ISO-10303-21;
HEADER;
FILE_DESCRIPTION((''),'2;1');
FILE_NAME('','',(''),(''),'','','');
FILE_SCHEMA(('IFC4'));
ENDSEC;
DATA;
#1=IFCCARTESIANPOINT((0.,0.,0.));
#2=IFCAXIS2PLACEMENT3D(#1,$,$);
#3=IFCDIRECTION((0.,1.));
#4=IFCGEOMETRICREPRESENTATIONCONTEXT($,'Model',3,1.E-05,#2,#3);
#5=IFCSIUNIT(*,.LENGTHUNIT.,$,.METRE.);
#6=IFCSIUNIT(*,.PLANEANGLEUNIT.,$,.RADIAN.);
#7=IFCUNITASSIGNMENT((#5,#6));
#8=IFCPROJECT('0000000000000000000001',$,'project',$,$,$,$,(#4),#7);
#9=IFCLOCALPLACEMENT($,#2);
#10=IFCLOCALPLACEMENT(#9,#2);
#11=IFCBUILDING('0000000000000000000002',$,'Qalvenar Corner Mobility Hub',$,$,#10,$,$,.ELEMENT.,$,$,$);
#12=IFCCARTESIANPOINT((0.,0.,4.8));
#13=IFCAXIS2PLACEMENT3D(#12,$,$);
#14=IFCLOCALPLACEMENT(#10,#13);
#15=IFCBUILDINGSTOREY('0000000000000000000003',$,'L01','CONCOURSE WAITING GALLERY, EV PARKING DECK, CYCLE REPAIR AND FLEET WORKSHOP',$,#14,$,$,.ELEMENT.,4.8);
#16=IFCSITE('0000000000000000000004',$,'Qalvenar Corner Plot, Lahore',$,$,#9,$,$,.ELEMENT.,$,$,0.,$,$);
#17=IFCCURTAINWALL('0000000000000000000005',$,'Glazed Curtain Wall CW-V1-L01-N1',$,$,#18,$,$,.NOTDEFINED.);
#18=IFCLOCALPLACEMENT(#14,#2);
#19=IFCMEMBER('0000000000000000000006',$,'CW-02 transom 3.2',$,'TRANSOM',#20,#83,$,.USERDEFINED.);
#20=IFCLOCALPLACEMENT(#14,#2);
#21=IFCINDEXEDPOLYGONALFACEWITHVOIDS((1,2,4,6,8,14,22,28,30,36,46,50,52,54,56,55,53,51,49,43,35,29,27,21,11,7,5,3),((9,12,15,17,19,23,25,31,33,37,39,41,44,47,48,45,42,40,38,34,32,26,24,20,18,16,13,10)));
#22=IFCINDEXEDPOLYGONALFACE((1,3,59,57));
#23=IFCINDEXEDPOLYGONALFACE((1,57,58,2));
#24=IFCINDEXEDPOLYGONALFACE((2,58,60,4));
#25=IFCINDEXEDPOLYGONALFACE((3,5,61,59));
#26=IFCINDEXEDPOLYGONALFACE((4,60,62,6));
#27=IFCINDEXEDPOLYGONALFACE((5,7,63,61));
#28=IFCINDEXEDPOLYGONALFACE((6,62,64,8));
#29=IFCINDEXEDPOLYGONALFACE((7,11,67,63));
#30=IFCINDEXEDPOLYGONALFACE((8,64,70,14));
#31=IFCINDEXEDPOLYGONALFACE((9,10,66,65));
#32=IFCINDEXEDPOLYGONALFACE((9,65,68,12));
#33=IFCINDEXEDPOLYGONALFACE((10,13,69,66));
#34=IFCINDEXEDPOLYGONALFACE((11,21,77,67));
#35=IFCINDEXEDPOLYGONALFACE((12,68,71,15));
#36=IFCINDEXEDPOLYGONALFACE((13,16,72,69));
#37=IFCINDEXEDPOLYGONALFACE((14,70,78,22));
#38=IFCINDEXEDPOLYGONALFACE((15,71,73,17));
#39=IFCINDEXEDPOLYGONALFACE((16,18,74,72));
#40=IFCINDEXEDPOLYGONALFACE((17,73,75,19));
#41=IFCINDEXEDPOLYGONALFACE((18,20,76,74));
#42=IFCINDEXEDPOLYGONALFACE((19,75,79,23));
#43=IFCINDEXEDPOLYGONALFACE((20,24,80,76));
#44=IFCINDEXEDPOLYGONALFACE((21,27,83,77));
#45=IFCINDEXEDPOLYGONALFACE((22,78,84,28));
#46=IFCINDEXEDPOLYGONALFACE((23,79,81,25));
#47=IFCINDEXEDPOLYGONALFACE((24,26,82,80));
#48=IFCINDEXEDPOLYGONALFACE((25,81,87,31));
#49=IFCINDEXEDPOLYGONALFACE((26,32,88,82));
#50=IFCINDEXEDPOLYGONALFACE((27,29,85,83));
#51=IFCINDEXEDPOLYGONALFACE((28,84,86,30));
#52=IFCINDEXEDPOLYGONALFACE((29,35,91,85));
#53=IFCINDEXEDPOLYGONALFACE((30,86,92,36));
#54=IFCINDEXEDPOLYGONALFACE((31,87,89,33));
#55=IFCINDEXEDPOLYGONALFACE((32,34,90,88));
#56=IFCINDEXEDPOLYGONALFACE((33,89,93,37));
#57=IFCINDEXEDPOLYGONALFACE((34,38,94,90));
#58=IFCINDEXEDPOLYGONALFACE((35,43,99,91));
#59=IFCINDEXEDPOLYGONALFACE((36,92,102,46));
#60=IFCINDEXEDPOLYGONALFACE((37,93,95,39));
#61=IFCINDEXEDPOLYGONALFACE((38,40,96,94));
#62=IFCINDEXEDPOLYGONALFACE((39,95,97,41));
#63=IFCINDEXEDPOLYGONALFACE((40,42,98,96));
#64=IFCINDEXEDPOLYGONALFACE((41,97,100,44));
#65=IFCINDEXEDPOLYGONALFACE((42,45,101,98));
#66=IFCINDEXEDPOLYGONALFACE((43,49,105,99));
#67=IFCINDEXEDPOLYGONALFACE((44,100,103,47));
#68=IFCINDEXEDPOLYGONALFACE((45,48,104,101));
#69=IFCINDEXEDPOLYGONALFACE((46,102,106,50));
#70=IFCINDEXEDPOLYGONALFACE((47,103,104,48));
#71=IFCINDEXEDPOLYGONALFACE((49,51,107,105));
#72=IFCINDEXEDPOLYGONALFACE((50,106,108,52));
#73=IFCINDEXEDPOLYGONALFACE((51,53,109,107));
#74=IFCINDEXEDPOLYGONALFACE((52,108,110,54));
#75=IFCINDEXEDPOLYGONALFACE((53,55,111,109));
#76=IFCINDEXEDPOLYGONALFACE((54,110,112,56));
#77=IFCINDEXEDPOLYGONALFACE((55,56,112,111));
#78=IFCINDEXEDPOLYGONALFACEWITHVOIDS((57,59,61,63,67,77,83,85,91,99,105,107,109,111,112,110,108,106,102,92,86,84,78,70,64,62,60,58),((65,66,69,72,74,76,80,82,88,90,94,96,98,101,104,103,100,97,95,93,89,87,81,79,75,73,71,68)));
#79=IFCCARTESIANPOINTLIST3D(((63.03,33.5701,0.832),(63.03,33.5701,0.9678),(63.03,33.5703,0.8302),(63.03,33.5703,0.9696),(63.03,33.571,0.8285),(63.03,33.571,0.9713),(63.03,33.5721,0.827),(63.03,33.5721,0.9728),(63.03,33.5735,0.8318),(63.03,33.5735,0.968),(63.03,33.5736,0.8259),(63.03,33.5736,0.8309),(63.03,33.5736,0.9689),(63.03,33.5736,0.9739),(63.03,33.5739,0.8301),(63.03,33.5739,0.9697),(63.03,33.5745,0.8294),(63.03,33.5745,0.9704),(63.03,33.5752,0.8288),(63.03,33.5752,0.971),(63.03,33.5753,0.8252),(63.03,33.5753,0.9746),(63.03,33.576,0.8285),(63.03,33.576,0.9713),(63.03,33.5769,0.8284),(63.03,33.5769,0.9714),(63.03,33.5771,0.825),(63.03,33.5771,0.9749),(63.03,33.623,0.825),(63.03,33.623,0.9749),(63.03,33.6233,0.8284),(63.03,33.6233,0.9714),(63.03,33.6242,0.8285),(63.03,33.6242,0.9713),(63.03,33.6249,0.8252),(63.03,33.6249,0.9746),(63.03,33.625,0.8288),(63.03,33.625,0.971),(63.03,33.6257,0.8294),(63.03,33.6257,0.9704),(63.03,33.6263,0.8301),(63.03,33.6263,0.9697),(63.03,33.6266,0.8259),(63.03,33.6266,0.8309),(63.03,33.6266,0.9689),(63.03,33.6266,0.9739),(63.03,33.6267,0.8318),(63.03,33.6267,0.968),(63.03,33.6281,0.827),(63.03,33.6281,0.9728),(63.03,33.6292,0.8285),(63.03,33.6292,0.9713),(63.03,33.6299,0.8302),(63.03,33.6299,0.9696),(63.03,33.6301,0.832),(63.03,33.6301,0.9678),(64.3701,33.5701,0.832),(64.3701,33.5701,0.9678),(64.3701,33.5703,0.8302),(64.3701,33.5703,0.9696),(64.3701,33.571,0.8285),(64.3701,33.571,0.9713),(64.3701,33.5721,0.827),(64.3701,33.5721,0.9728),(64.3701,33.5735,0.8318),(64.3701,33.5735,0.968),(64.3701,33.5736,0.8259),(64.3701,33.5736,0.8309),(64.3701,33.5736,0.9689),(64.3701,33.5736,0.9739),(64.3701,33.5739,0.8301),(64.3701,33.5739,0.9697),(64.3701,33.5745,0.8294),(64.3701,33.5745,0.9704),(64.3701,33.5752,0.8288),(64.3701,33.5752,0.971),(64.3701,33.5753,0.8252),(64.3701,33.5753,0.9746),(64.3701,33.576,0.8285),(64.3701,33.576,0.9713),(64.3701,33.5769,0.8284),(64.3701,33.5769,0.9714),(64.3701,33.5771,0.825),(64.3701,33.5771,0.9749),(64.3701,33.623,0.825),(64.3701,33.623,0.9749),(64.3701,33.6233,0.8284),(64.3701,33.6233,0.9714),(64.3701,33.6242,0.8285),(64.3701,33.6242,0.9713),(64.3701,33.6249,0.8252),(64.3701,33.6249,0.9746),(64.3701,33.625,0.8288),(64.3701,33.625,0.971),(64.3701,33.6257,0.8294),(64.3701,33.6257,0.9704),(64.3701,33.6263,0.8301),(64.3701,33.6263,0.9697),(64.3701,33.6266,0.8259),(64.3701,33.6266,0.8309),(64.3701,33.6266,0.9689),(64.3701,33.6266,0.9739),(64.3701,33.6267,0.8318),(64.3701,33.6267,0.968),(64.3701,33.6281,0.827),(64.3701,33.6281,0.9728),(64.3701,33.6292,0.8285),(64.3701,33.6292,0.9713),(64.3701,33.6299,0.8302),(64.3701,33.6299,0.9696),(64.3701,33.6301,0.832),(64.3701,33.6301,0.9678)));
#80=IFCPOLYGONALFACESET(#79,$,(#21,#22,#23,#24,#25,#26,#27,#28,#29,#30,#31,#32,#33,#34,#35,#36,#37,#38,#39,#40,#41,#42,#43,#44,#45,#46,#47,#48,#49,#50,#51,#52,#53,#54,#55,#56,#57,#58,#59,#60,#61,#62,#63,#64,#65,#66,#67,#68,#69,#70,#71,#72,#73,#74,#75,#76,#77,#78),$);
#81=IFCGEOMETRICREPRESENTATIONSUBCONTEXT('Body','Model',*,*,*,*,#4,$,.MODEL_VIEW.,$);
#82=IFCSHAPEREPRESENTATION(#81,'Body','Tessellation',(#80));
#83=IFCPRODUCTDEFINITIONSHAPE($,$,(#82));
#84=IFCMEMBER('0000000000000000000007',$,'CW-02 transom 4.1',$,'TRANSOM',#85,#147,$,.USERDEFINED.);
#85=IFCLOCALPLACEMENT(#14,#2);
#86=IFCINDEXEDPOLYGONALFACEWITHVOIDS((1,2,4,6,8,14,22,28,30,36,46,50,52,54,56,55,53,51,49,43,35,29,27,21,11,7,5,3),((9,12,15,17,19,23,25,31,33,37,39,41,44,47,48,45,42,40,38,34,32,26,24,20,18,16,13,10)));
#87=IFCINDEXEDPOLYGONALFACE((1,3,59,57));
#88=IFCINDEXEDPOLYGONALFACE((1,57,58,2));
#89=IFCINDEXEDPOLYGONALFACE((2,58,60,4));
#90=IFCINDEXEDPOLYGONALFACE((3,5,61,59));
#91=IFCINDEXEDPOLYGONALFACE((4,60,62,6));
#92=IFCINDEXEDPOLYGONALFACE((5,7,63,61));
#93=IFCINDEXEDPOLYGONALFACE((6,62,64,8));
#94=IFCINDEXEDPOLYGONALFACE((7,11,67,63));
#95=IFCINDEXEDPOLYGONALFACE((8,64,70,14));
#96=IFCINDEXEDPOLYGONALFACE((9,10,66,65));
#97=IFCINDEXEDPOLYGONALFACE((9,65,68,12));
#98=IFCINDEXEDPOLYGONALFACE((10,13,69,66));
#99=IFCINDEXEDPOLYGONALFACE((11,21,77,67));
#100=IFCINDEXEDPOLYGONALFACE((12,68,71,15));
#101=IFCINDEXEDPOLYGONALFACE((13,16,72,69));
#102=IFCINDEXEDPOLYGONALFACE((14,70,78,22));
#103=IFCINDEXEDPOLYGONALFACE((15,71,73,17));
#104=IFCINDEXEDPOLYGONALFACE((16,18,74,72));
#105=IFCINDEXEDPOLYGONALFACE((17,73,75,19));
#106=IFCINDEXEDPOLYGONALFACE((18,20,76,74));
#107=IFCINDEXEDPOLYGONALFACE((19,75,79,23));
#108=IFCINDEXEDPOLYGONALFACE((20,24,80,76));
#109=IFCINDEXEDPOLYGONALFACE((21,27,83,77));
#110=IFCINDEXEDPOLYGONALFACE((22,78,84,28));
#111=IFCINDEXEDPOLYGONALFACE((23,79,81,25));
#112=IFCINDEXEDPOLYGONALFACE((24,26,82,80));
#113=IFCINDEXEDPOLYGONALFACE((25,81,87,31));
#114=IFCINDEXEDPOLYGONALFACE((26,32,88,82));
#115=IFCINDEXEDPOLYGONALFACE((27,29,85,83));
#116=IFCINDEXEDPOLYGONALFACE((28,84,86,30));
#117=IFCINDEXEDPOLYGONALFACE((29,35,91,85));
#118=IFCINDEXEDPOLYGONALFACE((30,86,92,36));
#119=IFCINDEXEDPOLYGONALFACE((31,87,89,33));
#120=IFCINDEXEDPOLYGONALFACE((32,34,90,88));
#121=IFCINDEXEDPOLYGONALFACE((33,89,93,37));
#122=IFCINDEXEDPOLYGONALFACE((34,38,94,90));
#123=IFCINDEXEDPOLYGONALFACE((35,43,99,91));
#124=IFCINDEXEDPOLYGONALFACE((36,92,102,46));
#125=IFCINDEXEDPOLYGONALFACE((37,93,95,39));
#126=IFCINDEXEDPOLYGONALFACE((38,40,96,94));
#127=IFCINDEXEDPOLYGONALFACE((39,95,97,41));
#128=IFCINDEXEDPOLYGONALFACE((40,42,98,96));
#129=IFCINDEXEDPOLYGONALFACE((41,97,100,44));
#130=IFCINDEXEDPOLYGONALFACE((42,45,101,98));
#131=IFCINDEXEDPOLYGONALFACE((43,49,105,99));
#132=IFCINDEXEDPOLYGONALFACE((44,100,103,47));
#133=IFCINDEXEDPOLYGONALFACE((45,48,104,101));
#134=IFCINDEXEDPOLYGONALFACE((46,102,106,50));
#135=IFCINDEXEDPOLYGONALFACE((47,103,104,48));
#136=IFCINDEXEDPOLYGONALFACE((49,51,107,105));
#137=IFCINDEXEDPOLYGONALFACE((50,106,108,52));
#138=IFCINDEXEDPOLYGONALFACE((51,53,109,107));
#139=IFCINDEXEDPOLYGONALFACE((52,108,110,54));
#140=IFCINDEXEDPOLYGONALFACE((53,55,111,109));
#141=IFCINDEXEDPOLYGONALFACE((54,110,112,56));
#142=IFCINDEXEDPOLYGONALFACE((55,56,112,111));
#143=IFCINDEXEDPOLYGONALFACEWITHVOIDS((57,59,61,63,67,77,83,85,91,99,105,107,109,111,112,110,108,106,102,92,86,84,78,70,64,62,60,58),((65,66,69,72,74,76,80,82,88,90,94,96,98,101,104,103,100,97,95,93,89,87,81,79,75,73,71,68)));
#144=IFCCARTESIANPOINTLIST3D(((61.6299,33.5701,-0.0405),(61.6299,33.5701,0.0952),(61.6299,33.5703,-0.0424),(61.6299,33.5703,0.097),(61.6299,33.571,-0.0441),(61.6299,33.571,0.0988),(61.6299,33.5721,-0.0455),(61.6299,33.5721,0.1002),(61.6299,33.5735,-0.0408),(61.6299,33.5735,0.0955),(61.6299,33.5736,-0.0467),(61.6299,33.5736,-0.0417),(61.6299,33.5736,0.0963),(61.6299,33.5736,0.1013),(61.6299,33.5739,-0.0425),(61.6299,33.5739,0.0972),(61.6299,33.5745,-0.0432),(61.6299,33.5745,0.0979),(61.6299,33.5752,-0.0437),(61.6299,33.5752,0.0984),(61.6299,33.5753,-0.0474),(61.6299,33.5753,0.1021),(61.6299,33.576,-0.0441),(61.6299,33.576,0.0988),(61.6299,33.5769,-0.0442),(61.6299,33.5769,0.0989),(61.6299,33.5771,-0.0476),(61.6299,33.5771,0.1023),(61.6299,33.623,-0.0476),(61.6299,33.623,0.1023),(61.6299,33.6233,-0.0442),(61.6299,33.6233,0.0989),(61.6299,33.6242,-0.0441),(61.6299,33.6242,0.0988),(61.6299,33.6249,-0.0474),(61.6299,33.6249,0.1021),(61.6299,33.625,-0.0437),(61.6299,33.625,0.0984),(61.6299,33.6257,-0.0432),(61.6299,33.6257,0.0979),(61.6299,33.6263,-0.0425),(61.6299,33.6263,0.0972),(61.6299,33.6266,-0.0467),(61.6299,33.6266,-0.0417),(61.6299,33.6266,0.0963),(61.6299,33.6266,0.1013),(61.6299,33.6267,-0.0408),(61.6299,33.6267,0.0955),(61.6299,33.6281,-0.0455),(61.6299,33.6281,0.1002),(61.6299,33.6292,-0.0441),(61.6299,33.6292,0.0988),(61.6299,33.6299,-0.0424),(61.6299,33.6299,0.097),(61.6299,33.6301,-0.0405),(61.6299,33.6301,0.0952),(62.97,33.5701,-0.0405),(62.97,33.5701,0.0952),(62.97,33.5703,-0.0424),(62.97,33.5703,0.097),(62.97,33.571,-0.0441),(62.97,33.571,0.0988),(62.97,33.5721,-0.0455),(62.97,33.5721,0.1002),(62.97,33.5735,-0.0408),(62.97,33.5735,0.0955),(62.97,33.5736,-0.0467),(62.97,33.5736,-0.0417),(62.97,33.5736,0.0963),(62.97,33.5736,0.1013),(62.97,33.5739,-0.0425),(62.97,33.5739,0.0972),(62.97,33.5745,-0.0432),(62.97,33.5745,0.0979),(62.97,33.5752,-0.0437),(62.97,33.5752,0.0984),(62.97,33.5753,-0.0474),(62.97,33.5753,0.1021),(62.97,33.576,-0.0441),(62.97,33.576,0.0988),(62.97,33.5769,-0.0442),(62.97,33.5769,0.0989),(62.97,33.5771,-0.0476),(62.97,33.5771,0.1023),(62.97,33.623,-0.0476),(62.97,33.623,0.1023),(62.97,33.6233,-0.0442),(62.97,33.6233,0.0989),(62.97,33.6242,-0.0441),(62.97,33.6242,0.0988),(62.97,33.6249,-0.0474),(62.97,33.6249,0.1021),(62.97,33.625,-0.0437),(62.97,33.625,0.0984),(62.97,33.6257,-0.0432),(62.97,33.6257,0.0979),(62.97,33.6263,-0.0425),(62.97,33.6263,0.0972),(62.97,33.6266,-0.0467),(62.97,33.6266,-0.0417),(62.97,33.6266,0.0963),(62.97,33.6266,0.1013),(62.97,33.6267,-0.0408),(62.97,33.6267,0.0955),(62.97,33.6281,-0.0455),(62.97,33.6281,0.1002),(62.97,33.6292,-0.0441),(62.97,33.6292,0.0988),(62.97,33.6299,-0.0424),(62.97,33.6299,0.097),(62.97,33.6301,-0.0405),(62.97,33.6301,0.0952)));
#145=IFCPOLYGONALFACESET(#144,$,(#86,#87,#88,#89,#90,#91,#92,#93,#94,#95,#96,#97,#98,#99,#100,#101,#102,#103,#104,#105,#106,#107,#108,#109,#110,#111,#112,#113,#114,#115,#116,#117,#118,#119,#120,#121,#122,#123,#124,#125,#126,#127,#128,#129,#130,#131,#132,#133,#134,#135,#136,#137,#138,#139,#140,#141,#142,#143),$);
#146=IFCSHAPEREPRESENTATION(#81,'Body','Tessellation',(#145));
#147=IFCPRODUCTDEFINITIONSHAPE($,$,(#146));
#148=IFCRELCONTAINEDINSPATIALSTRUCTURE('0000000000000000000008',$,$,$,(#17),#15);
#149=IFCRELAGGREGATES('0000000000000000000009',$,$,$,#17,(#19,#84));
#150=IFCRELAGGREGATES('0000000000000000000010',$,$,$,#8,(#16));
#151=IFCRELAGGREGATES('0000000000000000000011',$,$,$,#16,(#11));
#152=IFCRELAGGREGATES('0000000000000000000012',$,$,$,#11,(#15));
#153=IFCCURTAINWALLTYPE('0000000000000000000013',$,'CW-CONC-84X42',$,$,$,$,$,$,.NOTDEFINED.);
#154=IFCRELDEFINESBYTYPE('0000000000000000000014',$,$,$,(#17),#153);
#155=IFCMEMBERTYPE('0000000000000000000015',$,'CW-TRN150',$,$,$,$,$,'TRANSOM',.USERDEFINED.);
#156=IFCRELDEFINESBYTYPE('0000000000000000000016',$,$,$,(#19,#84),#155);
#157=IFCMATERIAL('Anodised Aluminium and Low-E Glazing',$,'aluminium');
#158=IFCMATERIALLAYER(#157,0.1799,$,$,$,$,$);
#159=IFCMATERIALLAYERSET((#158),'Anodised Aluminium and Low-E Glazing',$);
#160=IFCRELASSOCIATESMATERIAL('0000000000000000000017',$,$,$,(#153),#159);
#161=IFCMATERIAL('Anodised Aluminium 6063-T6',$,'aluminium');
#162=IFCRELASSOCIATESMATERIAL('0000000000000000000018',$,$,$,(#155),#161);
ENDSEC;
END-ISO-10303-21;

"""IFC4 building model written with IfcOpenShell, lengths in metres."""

from ifc_helpers import new_model, si_unit, direction, frame, origin, origin_2d, place, context, subcontext, project, spatial, hollow_rectangle, extrude, material, layer, layer_set, material_profile, profile_set, type_object, element, aggregate, save


model = new_model("IFC4")

# Units and contexts
model_context = context("Model", 3, precision=1e-05, world=origin(), true_north=direction((0.0, 1.0)))
body_context = subcontext(model_context, "Body", "Model", "MODEL_VIEW")
ifc_project = project(units=[si_unit("LENGTHUNIT", "METRE"), si_unit("PLANEANGLEUNIT", "RADIAN")], contexts=[model_context])

# Site, building, storey
site_placement = place(None, origin())
site = spatial("IfcSite", under=ifc_project, at=site_placement, Name="Qalvenar Corner Plot, Lahore", CompositionType="ELEMENT", RefElevation=0.0)
building_placement = place(site_placement, origin())
building = spatial("IfcBuilding", under=site, at=building_placement, Name="Qalvenar Corner Mobility Hub", CompositionType="ELEMENT")
storey_placement = place(building_placement, frame((0.0, 0.0, 4.8)))
storey = spatial("IfcBuildingStorey", under=building, at=storey_placement, Name="L01", Description="CONCOURSE WAITING GALLERY, EV PARKING DECK, CYCLE REPAIR AND FLEET WORKSHOP", CompositionType="ELEMENT", Elevation=4.8)

# Curtain wall, members
ifc_material_1 = material(Name="Anodised Aluminium and Low-E Glazing", Category="aluminium")
ifc_layer_1 = layer(ifc_material_1, 0.1799)
ifc_layer_set_1 = layer_set([ifc_layer_1], Name="Anodised Aluminium and Low-E Glazing")
curtain_wall_type = type_object("IfcCurtainWallType", Name="CW-CONC-84X42", PredefinedType="NOTDEFINED", material=ifc_layer_set_1)
curtain_wall_placement = place(storey_placement, origin())
curtain_wall = element("IfcCurtainWall", 1, at=curtain_wall_placement, inside=storey, type_object=curtain_wall_type, Name="Glazed Curtain Wall CW-V1-L01-N1", PredefinedType="NOTDEFINED")
ifc_material_2 = material(Name="Anodised Aluminium 6063-T6", Category="aluminium")
ifc_material_profile_1 = material_profile(ifc_material_2, hollow_rectangle(XDim=0.0601, YDim=0.1499, WallThickness=0.0034, InnerFilletRadius=0.0034, OuterFilletRadius=0.0071, at=origin_2d()), Name="RHS150x60x3.5")
ifc_profile_set_1 = profile_set([ifc_material_profile_1], Name="Anodised Aluminium 6063-T6")
member_type_1 = type_object("IfcMemberType", Name="CW-TRN150", ElementType="TRANSOM", PredefinedType="USERDEFINED", material=ifc_profile_set_1)
member_1_placement = place(storey_placement, frame((64.3701, 33.6001, 0.8999), z_axis=(-1.0, 0.0, 0.0), x_axis=(0.0, -1.0, 0.0)))
member_1 = element("IfcMember", 2, at=member_1_placement, type_object=member_type_1, Name="CW-02 transom 3.2", ObjectType="TRANSOM", PredefinedType="USERDEFINED", context=body_context, shape_type="SweptSolid", body=[
    extrude(hollow_rectangle(XDim=0.0601, YDim=0.1499, WallThickness=0.0034, InnerFilletRadius=0.0034, OuterFilletRadius=0.0071, at=origin_2d()), origin(), (0.0, 0.0, 1.0), 1.3401),
])
member_2_placement = place(storey_placement, frame((62.97, 33.6001, 0.0273), z_axis=(-1.0, 0.0, 0.0), x_axis=(0.0, -1.0, 0.0)))
member_2 = element("IfcMember", 3, at=member_2_placement, type_object=member_type_1, Name="CW-02 transom 4.1", ObjectType="TRANSOM", PredefinedType="USERDEFINED", context=body_context, shape_type="SweptSolid", body=[
    extrude(hollow_rectangle(XDim=0.0601, YDim=0.1499, WallThickness=0.0034, InnerFilletRadius=0.0034, OuterFilletRadius=0.0071, at=origin_2d()), origin(), (0.0, 0.0, 1.0), 1.3401),
])
aggregate(curtain_wall, [member_1, member_2])

save(model, "model.ifc")
